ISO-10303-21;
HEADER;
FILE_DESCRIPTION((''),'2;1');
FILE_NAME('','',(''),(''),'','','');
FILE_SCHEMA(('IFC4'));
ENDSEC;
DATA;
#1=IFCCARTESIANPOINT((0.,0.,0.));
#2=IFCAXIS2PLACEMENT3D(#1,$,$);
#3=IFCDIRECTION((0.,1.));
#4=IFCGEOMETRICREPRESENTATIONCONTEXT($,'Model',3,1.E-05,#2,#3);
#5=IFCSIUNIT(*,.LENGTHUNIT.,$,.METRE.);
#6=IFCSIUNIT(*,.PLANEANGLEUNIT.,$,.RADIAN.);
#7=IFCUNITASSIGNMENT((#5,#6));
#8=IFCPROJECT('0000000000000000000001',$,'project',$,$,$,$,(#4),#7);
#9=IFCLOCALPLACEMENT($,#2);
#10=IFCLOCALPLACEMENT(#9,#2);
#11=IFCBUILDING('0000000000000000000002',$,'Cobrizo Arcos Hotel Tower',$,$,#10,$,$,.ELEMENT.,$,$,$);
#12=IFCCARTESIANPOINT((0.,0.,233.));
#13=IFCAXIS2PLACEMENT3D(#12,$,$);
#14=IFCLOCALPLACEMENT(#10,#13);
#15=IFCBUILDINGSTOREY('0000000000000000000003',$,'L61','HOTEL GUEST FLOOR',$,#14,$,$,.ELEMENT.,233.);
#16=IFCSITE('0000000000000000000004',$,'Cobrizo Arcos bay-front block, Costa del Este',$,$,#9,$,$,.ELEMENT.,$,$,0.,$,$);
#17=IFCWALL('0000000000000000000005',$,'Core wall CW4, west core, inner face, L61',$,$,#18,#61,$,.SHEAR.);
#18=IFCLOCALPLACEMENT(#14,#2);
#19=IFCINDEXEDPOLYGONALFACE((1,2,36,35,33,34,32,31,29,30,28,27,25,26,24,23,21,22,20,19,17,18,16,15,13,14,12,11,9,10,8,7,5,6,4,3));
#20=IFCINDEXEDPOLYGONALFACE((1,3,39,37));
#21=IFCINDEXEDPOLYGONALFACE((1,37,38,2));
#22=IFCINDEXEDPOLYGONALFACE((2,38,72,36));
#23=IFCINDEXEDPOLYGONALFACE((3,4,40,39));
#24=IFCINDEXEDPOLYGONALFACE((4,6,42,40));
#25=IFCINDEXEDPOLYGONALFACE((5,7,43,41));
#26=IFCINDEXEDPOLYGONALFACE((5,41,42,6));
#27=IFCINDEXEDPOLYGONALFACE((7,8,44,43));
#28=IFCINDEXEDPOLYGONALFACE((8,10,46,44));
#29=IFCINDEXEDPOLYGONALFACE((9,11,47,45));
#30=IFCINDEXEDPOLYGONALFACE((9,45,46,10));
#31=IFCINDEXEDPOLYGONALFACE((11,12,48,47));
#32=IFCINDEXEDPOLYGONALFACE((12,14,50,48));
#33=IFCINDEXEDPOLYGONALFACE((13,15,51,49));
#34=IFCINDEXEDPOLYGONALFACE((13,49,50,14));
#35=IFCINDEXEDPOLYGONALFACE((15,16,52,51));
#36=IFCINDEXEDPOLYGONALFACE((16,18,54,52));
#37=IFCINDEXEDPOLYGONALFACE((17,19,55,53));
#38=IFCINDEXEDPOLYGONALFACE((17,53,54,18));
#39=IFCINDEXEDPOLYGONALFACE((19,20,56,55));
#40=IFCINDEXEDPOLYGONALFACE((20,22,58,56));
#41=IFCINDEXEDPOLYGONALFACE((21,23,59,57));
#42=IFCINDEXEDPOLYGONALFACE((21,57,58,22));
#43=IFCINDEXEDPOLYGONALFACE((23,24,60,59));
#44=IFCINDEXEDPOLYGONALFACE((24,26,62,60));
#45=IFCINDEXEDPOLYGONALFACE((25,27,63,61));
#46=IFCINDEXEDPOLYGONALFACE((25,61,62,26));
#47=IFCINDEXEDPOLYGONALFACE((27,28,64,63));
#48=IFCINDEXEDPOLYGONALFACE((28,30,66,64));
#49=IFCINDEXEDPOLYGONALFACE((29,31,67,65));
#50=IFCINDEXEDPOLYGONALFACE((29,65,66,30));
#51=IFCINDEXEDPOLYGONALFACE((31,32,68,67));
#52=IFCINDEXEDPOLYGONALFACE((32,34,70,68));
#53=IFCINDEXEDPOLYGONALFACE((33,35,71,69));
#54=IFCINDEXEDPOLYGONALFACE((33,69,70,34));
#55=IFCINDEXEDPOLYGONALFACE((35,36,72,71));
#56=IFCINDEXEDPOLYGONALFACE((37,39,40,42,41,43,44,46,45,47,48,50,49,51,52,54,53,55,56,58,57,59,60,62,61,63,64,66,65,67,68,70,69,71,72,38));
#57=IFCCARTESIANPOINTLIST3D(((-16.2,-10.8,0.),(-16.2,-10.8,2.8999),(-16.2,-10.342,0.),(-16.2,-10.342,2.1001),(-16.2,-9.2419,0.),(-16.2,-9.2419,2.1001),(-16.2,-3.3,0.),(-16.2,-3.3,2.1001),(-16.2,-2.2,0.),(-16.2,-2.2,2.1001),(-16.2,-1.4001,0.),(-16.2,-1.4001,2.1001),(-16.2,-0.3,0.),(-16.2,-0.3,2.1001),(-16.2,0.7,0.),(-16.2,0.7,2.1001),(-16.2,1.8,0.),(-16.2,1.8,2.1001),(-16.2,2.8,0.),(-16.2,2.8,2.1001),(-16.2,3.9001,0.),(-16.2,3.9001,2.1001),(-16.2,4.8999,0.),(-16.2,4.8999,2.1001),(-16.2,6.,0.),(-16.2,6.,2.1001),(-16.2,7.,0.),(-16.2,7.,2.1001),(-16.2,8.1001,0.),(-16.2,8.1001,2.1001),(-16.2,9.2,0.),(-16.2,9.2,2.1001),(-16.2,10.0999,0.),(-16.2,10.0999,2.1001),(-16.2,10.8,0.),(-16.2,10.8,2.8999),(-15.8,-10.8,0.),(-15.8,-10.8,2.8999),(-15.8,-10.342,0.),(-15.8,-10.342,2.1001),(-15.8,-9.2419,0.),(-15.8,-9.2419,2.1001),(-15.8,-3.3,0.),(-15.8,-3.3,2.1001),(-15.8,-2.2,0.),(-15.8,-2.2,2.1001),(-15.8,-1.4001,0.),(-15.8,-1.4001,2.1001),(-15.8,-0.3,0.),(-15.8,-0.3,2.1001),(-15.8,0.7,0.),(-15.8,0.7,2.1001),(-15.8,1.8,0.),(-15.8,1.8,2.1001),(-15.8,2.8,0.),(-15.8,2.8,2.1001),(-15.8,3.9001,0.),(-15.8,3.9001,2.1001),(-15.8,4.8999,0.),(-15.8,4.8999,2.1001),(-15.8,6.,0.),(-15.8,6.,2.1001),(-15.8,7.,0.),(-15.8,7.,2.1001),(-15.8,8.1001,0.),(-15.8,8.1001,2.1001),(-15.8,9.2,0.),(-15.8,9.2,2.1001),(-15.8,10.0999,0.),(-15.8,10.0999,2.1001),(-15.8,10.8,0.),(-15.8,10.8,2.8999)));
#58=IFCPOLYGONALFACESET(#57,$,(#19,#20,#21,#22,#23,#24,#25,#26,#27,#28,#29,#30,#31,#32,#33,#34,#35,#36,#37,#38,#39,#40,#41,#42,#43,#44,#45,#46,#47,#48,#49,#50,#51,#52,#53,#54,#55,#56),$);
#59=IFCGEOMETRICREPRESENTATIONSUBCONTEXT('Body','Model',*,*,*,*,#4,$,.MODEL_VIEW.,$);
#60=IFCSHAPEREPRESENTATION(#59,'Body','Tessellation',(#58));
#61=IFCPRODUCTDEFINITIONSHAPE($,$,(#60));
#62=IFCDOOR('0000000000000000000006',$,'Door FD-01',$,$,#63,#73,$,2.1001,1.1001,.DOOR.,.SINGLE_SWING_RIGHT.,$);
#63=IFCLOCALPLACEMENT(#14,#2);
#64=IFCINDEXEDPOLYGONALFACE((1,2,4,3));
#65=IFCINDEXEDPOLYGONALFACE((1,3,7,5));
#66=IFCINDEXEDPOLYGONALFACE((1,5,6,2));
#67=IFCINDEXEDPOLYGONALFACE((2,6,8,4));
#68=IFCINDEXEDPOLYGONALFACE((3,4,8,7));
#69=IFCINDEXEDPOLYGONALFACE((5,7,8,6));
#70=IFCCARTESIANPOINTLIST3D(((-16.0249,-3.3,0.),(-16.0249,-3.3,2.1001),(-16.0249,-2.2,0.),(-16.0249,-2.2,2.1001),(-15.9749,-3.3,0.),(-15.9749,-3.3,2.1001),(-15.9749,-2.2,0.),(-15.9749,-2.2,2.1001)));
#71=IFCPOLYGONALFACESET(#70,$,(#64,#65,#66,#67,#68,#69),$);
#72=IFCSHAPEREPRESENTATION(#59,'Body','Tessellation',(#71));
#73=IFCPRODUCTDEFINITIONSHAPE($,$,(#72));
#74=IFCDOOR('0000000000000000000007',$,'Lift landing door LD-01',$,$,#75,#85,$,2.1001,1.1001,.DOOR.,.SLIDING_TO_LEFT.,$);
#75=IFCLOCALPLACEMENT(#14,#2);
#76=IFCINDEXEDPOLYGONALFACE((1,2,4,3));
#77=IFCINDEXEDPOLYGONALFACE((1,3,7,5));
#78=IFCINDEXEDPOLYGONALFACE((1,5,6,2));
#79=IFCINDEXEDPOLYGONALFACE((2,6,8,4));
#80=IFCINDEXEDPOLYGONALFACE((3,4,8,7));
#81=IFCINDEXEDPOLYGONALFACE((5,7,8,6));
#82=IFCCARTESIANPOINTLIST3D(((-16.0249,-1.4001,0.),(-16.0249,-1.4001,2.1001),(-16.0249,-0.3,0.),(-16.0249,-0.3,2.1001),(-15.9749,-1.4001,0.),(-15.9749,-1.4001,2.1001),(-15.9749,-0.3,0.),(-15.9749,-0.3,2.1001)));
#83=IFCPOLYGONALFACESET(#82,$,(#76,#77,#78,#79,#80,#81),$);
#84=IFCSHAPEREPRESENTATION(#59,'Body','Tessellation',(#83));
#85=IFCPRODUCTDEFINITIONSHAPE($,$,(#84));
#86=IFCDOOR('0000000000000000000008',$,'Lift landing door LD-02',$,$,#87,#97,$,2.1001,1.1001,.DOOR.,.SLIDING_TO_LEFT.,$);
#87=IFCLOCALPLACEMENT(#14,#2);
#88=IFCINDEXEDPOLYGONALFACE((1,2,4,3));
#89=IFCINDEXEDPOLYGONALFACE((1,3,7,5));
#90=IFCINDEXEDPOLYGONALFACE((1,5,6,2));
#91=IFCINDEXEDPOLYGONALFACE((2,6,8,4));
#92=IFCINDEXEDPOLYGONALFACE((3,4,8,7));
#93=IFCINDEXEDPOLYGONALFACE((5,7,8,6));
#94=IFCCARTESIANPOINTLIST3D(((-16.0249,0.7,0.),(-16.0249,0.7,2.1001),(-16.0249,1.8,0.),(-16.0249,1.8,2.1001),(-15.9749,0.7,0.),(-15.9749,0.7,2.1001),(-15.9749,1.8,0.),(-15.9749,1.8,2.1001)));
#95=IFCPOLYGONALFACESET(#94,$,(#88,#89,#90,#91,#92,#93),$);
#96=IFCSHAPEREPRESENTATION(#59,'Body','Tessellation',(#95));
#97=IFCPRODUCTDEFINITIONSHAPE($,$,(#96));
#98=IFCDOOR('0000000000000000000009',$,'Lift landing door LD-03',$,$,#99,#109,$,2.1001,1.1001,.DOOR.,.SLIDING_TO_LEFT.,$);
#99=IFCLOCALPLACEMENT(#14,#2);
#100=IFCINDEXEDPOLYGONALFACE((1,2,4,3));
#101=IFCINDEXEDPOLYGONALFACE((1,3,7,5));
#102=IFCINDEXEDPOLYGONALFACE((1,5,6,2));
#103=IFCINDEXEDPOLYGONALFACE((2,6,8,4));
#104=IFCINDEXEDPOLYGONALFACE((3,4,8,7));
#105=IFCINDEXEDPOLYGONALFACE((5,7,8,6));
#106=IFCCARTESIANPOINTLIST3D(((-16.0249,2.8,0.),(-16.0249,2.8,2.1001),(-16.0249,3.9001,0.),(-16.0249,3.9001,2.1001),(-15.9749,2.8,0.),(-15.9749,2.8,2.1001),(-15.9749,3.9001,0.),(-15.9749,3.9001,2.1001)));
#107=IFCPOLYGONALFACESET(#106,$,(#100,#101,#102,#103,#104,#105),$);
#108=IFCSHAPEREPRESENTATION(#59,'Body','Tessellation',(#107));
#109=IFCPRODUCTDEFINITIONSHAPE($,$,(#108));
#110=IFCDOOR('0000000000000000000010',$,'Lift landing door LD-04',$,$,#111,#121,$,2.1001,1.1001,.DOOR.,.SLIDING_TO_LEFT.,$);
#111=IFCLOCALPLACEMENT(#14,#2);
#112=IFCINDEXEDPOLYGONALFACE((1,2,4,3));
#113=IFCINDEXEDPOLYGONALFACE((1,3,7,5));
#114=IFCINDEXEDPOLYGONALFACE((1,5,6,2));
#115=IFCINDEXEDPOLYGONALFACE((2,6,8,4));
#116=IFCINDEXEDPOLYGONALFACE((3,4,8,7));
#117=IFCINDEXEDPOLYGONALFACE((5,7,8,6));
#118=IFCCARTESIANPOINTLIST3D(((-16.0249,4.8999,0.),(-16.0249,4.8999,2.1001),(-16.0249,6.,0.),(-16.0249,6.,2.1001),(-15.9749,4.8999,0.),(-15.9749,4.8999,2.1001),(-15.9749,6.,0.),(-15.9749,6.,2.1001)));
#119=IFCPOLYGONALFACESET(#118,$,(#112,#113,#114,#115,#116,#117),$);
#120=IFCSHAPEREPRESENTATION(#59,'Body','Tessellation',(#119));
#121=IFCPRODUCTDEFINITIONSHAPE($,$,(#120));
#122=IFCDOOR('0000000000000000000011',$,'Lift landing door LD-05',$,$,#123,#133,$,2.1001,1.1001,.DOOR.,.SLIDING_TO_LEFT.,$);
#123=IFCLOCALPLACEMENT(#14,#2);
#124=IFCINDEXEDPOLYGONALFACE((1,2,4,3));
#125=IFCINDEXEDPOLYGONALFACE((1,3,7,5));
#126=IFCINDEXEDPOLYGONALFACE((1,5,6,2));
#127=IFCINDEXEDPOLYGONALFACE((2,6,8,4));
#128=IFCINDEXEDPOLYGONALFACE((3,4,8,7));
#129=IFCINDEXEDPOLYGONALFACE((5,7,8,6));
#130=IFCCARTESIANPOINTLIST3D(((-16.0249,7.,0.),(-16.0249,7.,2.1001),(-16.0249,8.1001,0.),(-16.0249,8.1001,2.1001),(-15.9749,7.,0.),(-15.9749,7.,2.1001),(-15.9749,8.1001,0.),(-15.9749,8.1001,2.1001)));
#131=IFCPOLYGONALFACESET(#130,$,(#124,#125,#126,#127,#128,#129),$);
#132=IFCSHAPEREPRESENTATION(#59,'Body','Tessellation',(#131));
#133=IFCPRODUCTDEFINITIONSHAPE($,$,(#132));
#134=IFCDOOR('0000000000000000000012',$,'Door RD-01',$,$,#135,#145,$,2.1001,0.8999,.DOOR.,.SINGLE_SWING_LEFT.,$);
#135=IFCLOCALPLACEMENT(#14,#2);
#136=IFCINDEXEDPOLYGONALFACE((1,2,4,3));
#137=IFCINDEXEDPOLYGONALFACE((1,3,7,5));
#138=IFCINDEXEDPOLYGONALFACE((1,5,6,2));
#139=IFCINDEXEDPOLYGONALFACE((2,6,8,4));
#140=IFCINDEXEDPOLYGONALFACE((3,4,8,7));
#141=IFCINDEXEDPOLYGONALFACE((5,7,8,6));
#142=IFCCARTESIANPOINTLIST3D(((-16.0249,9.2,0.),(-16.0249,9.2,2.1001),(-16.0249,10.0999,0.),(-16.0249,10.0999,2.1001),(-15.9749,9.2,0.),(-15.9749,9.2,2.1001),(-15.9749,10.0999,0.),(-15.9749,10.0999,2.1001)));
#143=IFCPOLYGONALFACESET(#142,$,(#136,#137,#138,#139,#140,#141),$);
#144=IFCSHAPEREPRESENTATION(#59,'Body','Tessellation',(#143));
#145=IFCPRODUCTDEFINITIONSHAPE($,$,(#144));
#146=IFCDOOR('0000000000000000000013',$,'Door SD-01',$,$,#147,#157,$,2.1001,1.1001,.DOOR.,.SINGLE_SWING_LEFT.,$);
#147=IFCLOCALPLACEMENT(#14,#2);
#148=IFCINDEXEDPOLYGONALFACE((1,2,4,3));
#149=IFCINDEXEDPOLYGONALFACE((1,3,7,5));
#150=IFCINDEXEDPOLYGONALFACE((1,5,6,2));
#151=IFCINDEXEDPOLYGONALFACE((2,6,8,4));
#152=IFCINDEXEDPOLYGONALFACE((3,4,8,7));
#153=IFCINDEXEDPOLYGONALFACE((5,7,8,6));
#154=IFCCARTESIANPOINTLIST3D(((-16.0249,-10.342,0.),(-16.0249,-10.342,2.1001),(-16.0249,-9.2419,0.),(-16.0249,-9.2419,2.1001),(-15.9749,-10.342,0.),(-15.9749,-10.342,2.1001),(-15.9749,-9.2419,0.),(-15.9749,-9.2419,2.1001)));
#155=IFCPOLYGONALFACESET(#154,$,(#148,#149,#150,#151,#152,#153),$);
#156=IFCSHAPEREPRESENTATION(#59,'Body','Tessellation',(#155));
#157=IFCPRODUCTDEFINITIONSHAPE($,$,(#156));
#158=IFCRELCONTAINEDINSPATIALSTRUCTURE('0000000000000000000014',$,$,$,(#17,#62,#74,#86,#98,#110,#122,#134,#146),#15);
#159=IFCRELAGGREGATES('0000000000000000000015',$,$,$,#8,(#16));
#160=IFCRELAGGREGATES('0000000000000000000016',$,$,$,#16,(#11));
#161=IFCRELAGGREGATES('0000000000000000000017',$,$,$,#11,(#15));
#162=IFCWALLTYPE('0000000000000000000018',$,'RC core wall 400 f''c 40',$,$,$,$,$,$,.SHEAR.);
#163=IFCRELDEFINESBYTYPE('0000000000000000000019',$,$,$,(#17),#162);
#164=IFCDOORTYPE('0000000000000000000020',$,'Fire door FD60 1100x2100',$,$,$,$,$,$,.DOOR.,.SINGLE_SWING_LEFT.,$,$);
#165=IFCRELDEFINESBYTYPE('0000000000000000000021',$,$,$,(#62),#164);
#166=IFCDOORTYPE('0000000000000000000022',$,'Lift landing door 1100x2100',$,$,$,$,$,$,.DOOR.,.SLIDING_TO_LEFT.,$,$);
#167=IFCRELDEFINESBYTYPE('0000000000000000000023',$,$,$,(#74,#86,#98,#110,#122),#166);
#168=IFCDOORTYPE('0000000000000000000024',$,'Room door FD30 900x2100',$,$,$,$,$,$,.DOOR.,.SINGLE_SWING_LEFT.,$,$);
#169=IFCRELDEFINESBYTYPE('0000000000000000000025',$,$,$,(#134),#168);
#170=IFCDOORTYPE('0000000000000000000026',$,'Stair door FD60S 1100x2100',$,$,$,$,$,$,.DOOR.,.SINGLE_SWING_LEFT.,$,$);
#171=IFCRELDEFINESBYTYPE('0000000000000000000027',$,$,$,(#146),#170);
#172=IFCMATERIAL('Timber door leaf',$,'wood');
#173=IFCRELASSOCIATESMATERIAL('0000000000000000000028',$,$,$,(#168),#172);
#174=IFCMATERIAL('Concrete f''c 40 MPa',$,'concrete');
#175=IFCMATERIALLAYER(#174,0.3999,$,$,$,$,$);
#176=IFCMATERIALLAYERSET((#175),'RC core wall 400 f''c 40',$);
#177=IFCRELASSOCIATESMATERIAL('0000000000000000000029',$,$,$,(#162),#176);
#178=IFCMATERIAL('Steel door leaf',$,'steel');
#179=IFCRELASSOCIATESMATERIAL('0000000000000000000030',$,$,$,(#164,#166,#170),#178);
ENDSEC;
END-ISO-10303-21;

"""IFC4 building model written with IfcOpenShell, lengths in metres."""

from ifc_helpers import new_model, si_unit, direction, frame, frame_2d, origin, place, context, subcontext, project, spatial, rectangle, extrude, material, layer, layer_set, type_object, element, fill, save


model = new_model("IFC4")

# Units and contexts
model_context = context("Model", 3, precision=1e-05, world=origin(), true_north=direction((0.0, 1.0)))
body_context = subcontext(model_context, "Body", "Model", "MODEL_VIEW")
ifc_project = project(units=[si_unit("LENGTHUNIT", "METRE"), si_unit("PLANEANGLEUNIT", "RADIAN")], contexts=[model_context])

# Site, building, storey
site_placement = place(None, origin())
site = spatial("IfcSite", under=ifc_project, at=site_placement, Name="Cobrizo Arcos bay-front block, Costa del Este", CompositionType="ELEMENT", RefElevation=0.0)
building_placement = place(site_placement, origin())
building = spatial("IfcBuilding", under=site, at=building_placement, Name="Cobrizo Arcos Hotel Tower", CompositionType="ELEMENT")
storey_placement = place(building_placement, frame((0.0, 0.0, 233.0)))
storey = spatial("IfcBuildingStorey", under=building, at=storey_placement, Name="L61", Description="HOTEL GUEST FLOOR", CompositionType="ELEMENT", Elevation=233.0)

# Shared definitions
ifc_material_1 = material(Name="Timber door leaf", Category="wood")
door_type_1 = type_object("IfcDoorType", Name="Room door FD30 900x2100", OperationType="SINGLE_SWING_LEFT", PredefinedType="DOOR", material=ifc_material_1)

# Wall, openings, doors
ifc_material_2 = material(Name="Concrete f'c 40 MPa", Category="concrete")
ifc_layer_1 = layer(ifc_material_2, 0.3999)
ifc_layer_set_1 = layer_set([ifc_layer_1], Name="RC core wall 400 f'c 40")
wall_type_1 = type_object("IfcWallType", Name="RC core wall 400 f'c 40", PredefinedType="SHEAR", material=ifc_layer_set_1)
wall_1_placement = place(storey_placement, frame((-16.0, -10.8, 0.0), z_axis=(0.0, 0.0, 1.0), x_axis=(0.0, 1.0, 0.0)))
wall_1 = element("IfcWall", 1, at=wall_1_placement, inside=storey, type_object=wall_type_1, Name="Core wall CW4, west core, inner face, L61", PredefinedType="SHEAR", context=body_context, shape_type="SweptSolid", body=[
    extrude(rectangle(XDim=21.6001, YDim=0.3999, at=frame_2d((10.8, 0.0))), origin(), (0.0, 0.0, 1.0), 2.8999),
])
opening_1_placement = place(wall_1_placement, frame((9.3999, 0.0, 0.0)))
opening_1 = element("IfcOpeningElement", 2, at=opening_1_placement, cuts=wall_1, PredefinedType="OPENING", context=body_context, shape_type="SweptSolid", body=[
    extrude(rectangle(XDim=1.1001, YDim=2.1001, at=frame_2d((0.55, 1.05))), frame((0.0, 0.2119, 0.0), z_axis=(0.0, -1.0, 0.0), x_axis=(1.0, 0.0, 0.0)), (0.0, 0.0, 1.0), 0.4238),
])
opening_2_placement = place(wall_1_placement, frame((11.5, 0.0, 0.0)))
opening_2 = element("IfcOpeningElement", 3, at=opening_2_placement, cuts=wall_1, PredefinedType="OPENING", context=body_context, shape_type="SweptSolid", body=[
    extrude(rectangle(XDim=1.1001, YDim=2.1001, at=frame_2d((0.55, 1.05))), frame((0.0, 0.2119, 0.0), z_axis=(0.0, -1.0, 0.0), x_axis=(1.0, 0.0, 0.0)), (0.0, 0.0, 1.0), 0.4238),
])
opening_3_placement = place(wall_1_placement, frame((13.6001, 0.0, 0.0)))
opening_3 = element("IfcOpeningElement", 4, at=opening_3_placement, cuts=wall_1, PredefinedType="OPENING", context=body_context, shape_type="SweptSolid", body=[
    extrude(rectangle(XDim=1.1001, YDim=2.1001, at=frame_2d((0.55, 1.05))), frame((0.0, 0.2119, 0.0), z_axis=(0.0, -1.0, 0.0), x_axis=(1.0, 0.0, 0.0)), (0.0, 0.0, 1.0), 0.4238),
])
opening_4_placement = place(wall_1_placement, frame((15.7, 0.0, 0.0)))
opening_4 = element("IfcOpeningElement", 5, at=opening_4_placement, cuts=wall_1, PredefinedType="OPENING", context=body_context, shape_type="SweptSolid", body=[
    extrude(rectangle(XDim=1.1001, YDim=2.1001, at=frame_2d((0.55, 1.05))), frame((0.0, 0.2119, 0.0), z_axis=(0.0, -1.0, 0.0), x_axis=(1.0, 0.0, 0.0)), (0.0, 0.0, 1.0), 0.4238),
])
opening_5_placement = place(wall_1_placement, frame((17.8, 0.0, 0.0)))
opening_5 = element("IfcOpeningElement", 6, at=opening_5_placement, cuts=wall_1, PredefinedType="OPENING", context=body_context, shape_type="SweptSolid", body=[
    extrude(rectangle(XDim=1.1001, YDim=2.1001, at=frame_2d((0.55, 1.05))), frame((0.0, 0.2119, 0.0), z_axis=(0.0, -1.0, 0.0), x_axis=(1.0, 0.0, 0.0)), (0.0, 0.0, 1.0), 0.4238),
])
opening_6_placement = place(wall_1_placement, frame((0.458, 0.0, 0.0)))
opening_6 = element("IfcOpeningElement", 7, at=opening_6_placement, cuts=wall_1, PredefinedType="OPENING", context=body_context, shape_type="SweptSolid", body=[
    extrude(rectangle(XDim=1.1001, YDim=2.1001, at=frame_2d((0.55, 1.05))), frame((0.0, 0.2119, 0.0), z_axis=(0.0, -1.0, 0.0), x_axis=(1.0, 0.0, 0.0)), (0.0, 0.0, 1.0), 0.4238),
])
opening_7_placement = place(wall_1_placement, frame((7.5, 0.0, 0.0)))
opening_7 = element("IfcOpeningElement", 8, at=opening_7_placement, cuts=wall_1, PredefinedType="OPENING", context=body_context, shape_type="SweptSolid", body=[
    extrude(rectangle(XDim=1.1001, YDim=2.1001, at=frame_2d((0.55, 1.05))), frame((0.0, 0.2119, 0.0), z_axis=(0.0, -1.0, 0.0), x_axis=(1.0, 0.0, 0.0)), (0.0, 0.0, 1.0), 0.4238),
])
opening_8_placement = place(wall_1_placement, frame((20.0, 0.0, 0.0)))
opening_8 = element("IfcOpeningElement", 9, at=opening_8_placement, cuts=wall_1, PredefinedType="OPENING", context=body_context, shape_type="SweptSolid", body=[
    extrude(rectangle(XDim=0.8999, YDim=2.1001, at=frame_2d((0.45, 1.05))), frame((0.0, 0.2119, 0.0), z_axis=(0.0, -1.0, 0.0), x_axis=(1.0, 0.0, 0.0)), (0.0, 0.0, 1.0), 0.4238),
])
ifc_material_3 = material(Name="Steel door leaf", Category="steel")
door_type_2 = type_object("IfcDoorType", Name="Fire door FD60 1100x2100", OperationType="SINGLE_SWING_LEFT", PredefinedType="DOOR", material=ifc_material_3)
door_1_placement = place(opening_7_placement, origin())
door_1 = element("IfcDoor", 10, at=door_1_placement, inside=storey, type_object=door_type_2, Name="Door FD-01", OperationType="SINGLE_SWING_RIGHT", OverallHeight=2.1001, OverallWidth=1.1001, PredefinedType="DOOR", context=body_context, shape_type="SweptSolid", body=[
    extrude(rectangle(XDim=1.1001, YDim=2.1001, at=frame_2d((0.55, 1.05))), frame((0.0, 0.0249, 0.0), z_axis=(0.0, -1.0, 0.0), x_axis=(1.0, 0.0, 0.0)), (0.0, 0.0, 1.0), 0.05),
])
fill(opening_7, door_1)
door_type_3 = type_object("IfcDoorType", Name="Lift landing door 1100x2100", OperationType="SLIDING_TO_LEFT", PredefinedType="DOOR", material=ifc_material_3)
door_2_placement = place(opening_1_placement, origin())
door_2 = element("IfcDoor", 11, at=door_2_placement, inside=storey, type_object=door_type_3, Name="Lift landing door LD-01", OperationType="SLIDING_TO_LEFT", OverallHeight=2.1001, OverallWidth=1.1001, PredefinedType="DOOR", context=body_context, shape_type="SweptSolid", body=[
    extrude(rectangle(XDim=1.1001, YDim=2.1001, at=frame_2d((0.55, 1.05))), frame((0.0, 0.0249, 0.0), z_axis=(0.0, -1.0, 0.0), x_axis=(1.0, 0.0, 0.0)), (0.0, 0.0, 1.0), 0.05),
])
fill(opening_1, door_2)
door_3_placement = place(opening_2_placement, origin())
door_3 = element("IfcDoor", 12, at=door_3_placement, inside=storey, type_object=door_type_3, Name="Lift landing door LD-02", OperationType="SLIDING_TO_LEFT", OverallHeight=2.1001, OverallWidth=1.1001, PredefinedType="DOOR", context=body_context, shape_type="SweptSolid", body=[
    extrude(rectangle(XDim=1.1001, YDim=2.1001, at=frame_2d((0.55, 1.05))), frame((0.0, 0.0249, 0.0), z_axis=(0.0, -1.0, 0.0), x_axis=(1.0, 0.0, 0.0)), (0.0, 0.0, 1.0), 0.05),
])
fill(opening_2, door_3)
door_4_placement = place(opening_3_placement, origin())
door_4 = element("IfcDoor", 13, at=door_4_placement, inside=storey, type_object=door_type_3, Name="Lift landing door LD-03", OperationType="SLIDING_TO_LEFT", OverallHeight=2.1001, OverallWidth=1.1001, PredefinedType="DOOR", context=body_context, shape_type="SweptSolid", body=[
    extrude(rectangle(XDim=1.1001, YDim=2.1001, at=frame_2d((0.55, 1.05))), frame((0.0, 0.0249, 0.0), z_axis=(0.0, -1.0, 0.0), x_axis=(1.0, 0.0, 0.0)), (0.0, 0.0, 1.0), 0.05),
])
fill(opening_3, door_4)
door_5_placement = place(opening_4_placement, origin())
door_5 = element("IfcDoor", 14, at=door_5_placement, inside=storey, type_object=door_type_3, Name="Lift landing door LD-04", OperationType="SLIDING_TO_LEFT", OverallHeight=2.1001, OverallWidth=1.1001, PredefinedType="DOOR", context=body_context, shape_type="SweptSolid", body=[
    extrude(rectangle(XDim=1.1001, YDim=2.1001, at=frame_2d((0.55, 1.05))), frame((0.0, 0.0249, 0.0), z_axis=(0.0, -1.0, 0.0), x_axis=(1.0, 0.0, 0.0)), (0.0, 0.0, 1.0), 0.05),
])
fill(opening_4, door_5)
door_6_placement = place(opening_5_placement, origin())
door_6 = element("IfcDoor", 15, at=door_6_placement, inside=storey, type_object=door_type_3, Name="Lift landing door LD-05", OperationType="SLIDING_TO_LEFT", OverallHeight=2.1001, OverallWidth=1.1001, PredefinedType="DOOR", context=body_context, shape_type="SweptSolid", body=[
    extrude(rectangle(XDim=1.1001, YDim=2.1001, at=frame_2d((0.55, 1.05))), frame((0.0, 0.0249, 0.0), z_axis=(0.0, -1.0, 0.0), x_axis=(1.0, 0.0, 0.0)), (0.0, 0.0, 1.0), 0.05),
])
fill(opening_5, door_6)
door_7_placement = place(opening_8_placement, origin())
door_7 = element("IfcDoor", 16, at=door_7_placement, inside=storey, type_object=door_type_1, Name="Door RD-01", OperationType="SINGLE_SWING_LEFT", OverallHeight=2.1001, OverallWidth=0.8999, PredefinedType="DOOR", context=body_context, shape_type="SweptSolid", body=[
    extrude(rectangle(XDim=0.8999, YDim=2.1001, at=frame_2d((0.45, 1.05))), frame((0.0, 0.0249, 0.0), z_axis=(0.0, -1.0, 0.0), x_axis=(1.0, 0.0, 0.0)), (0.0, 0.0, 1.0), 0.05),
])
fill(opening_8, door_7)
door_type_4 = type_object("IfcDoorType", Name="Stair door FD60S 1100x2100", OperationType="SINGLE_SWING_LEFT", PredefinedType="DOOR", material=ifc_material_3)
door_8_placement = place(opening_6_placement, origin())
door_8 = element("IfcDoor", 17, at=door_8_placement, inside=storey, type_object=door_type_4, Name="Door SD-01", OperationType="SINGLE_SWING_LEFT", OverallHeight=2.1001, OverallWidth=1.1001, PredefinedType="DOOR", context=body_context, shape_type="SweptSolid", body=[
    extrude(rectangle(XDim=1.1001, YDim=2.1001, at=frame_2d((0.55, 1.05))), frame((0.0, 0.0249, 0.0), z_axis=(0.0, -1.0, 0.0), x_axis=(1.0, 0.0, 0.0)), (0.0, 0.0, 1.0), 0.05),
])
fill(opening_6, door_8)

save(model, "model.ifc")
